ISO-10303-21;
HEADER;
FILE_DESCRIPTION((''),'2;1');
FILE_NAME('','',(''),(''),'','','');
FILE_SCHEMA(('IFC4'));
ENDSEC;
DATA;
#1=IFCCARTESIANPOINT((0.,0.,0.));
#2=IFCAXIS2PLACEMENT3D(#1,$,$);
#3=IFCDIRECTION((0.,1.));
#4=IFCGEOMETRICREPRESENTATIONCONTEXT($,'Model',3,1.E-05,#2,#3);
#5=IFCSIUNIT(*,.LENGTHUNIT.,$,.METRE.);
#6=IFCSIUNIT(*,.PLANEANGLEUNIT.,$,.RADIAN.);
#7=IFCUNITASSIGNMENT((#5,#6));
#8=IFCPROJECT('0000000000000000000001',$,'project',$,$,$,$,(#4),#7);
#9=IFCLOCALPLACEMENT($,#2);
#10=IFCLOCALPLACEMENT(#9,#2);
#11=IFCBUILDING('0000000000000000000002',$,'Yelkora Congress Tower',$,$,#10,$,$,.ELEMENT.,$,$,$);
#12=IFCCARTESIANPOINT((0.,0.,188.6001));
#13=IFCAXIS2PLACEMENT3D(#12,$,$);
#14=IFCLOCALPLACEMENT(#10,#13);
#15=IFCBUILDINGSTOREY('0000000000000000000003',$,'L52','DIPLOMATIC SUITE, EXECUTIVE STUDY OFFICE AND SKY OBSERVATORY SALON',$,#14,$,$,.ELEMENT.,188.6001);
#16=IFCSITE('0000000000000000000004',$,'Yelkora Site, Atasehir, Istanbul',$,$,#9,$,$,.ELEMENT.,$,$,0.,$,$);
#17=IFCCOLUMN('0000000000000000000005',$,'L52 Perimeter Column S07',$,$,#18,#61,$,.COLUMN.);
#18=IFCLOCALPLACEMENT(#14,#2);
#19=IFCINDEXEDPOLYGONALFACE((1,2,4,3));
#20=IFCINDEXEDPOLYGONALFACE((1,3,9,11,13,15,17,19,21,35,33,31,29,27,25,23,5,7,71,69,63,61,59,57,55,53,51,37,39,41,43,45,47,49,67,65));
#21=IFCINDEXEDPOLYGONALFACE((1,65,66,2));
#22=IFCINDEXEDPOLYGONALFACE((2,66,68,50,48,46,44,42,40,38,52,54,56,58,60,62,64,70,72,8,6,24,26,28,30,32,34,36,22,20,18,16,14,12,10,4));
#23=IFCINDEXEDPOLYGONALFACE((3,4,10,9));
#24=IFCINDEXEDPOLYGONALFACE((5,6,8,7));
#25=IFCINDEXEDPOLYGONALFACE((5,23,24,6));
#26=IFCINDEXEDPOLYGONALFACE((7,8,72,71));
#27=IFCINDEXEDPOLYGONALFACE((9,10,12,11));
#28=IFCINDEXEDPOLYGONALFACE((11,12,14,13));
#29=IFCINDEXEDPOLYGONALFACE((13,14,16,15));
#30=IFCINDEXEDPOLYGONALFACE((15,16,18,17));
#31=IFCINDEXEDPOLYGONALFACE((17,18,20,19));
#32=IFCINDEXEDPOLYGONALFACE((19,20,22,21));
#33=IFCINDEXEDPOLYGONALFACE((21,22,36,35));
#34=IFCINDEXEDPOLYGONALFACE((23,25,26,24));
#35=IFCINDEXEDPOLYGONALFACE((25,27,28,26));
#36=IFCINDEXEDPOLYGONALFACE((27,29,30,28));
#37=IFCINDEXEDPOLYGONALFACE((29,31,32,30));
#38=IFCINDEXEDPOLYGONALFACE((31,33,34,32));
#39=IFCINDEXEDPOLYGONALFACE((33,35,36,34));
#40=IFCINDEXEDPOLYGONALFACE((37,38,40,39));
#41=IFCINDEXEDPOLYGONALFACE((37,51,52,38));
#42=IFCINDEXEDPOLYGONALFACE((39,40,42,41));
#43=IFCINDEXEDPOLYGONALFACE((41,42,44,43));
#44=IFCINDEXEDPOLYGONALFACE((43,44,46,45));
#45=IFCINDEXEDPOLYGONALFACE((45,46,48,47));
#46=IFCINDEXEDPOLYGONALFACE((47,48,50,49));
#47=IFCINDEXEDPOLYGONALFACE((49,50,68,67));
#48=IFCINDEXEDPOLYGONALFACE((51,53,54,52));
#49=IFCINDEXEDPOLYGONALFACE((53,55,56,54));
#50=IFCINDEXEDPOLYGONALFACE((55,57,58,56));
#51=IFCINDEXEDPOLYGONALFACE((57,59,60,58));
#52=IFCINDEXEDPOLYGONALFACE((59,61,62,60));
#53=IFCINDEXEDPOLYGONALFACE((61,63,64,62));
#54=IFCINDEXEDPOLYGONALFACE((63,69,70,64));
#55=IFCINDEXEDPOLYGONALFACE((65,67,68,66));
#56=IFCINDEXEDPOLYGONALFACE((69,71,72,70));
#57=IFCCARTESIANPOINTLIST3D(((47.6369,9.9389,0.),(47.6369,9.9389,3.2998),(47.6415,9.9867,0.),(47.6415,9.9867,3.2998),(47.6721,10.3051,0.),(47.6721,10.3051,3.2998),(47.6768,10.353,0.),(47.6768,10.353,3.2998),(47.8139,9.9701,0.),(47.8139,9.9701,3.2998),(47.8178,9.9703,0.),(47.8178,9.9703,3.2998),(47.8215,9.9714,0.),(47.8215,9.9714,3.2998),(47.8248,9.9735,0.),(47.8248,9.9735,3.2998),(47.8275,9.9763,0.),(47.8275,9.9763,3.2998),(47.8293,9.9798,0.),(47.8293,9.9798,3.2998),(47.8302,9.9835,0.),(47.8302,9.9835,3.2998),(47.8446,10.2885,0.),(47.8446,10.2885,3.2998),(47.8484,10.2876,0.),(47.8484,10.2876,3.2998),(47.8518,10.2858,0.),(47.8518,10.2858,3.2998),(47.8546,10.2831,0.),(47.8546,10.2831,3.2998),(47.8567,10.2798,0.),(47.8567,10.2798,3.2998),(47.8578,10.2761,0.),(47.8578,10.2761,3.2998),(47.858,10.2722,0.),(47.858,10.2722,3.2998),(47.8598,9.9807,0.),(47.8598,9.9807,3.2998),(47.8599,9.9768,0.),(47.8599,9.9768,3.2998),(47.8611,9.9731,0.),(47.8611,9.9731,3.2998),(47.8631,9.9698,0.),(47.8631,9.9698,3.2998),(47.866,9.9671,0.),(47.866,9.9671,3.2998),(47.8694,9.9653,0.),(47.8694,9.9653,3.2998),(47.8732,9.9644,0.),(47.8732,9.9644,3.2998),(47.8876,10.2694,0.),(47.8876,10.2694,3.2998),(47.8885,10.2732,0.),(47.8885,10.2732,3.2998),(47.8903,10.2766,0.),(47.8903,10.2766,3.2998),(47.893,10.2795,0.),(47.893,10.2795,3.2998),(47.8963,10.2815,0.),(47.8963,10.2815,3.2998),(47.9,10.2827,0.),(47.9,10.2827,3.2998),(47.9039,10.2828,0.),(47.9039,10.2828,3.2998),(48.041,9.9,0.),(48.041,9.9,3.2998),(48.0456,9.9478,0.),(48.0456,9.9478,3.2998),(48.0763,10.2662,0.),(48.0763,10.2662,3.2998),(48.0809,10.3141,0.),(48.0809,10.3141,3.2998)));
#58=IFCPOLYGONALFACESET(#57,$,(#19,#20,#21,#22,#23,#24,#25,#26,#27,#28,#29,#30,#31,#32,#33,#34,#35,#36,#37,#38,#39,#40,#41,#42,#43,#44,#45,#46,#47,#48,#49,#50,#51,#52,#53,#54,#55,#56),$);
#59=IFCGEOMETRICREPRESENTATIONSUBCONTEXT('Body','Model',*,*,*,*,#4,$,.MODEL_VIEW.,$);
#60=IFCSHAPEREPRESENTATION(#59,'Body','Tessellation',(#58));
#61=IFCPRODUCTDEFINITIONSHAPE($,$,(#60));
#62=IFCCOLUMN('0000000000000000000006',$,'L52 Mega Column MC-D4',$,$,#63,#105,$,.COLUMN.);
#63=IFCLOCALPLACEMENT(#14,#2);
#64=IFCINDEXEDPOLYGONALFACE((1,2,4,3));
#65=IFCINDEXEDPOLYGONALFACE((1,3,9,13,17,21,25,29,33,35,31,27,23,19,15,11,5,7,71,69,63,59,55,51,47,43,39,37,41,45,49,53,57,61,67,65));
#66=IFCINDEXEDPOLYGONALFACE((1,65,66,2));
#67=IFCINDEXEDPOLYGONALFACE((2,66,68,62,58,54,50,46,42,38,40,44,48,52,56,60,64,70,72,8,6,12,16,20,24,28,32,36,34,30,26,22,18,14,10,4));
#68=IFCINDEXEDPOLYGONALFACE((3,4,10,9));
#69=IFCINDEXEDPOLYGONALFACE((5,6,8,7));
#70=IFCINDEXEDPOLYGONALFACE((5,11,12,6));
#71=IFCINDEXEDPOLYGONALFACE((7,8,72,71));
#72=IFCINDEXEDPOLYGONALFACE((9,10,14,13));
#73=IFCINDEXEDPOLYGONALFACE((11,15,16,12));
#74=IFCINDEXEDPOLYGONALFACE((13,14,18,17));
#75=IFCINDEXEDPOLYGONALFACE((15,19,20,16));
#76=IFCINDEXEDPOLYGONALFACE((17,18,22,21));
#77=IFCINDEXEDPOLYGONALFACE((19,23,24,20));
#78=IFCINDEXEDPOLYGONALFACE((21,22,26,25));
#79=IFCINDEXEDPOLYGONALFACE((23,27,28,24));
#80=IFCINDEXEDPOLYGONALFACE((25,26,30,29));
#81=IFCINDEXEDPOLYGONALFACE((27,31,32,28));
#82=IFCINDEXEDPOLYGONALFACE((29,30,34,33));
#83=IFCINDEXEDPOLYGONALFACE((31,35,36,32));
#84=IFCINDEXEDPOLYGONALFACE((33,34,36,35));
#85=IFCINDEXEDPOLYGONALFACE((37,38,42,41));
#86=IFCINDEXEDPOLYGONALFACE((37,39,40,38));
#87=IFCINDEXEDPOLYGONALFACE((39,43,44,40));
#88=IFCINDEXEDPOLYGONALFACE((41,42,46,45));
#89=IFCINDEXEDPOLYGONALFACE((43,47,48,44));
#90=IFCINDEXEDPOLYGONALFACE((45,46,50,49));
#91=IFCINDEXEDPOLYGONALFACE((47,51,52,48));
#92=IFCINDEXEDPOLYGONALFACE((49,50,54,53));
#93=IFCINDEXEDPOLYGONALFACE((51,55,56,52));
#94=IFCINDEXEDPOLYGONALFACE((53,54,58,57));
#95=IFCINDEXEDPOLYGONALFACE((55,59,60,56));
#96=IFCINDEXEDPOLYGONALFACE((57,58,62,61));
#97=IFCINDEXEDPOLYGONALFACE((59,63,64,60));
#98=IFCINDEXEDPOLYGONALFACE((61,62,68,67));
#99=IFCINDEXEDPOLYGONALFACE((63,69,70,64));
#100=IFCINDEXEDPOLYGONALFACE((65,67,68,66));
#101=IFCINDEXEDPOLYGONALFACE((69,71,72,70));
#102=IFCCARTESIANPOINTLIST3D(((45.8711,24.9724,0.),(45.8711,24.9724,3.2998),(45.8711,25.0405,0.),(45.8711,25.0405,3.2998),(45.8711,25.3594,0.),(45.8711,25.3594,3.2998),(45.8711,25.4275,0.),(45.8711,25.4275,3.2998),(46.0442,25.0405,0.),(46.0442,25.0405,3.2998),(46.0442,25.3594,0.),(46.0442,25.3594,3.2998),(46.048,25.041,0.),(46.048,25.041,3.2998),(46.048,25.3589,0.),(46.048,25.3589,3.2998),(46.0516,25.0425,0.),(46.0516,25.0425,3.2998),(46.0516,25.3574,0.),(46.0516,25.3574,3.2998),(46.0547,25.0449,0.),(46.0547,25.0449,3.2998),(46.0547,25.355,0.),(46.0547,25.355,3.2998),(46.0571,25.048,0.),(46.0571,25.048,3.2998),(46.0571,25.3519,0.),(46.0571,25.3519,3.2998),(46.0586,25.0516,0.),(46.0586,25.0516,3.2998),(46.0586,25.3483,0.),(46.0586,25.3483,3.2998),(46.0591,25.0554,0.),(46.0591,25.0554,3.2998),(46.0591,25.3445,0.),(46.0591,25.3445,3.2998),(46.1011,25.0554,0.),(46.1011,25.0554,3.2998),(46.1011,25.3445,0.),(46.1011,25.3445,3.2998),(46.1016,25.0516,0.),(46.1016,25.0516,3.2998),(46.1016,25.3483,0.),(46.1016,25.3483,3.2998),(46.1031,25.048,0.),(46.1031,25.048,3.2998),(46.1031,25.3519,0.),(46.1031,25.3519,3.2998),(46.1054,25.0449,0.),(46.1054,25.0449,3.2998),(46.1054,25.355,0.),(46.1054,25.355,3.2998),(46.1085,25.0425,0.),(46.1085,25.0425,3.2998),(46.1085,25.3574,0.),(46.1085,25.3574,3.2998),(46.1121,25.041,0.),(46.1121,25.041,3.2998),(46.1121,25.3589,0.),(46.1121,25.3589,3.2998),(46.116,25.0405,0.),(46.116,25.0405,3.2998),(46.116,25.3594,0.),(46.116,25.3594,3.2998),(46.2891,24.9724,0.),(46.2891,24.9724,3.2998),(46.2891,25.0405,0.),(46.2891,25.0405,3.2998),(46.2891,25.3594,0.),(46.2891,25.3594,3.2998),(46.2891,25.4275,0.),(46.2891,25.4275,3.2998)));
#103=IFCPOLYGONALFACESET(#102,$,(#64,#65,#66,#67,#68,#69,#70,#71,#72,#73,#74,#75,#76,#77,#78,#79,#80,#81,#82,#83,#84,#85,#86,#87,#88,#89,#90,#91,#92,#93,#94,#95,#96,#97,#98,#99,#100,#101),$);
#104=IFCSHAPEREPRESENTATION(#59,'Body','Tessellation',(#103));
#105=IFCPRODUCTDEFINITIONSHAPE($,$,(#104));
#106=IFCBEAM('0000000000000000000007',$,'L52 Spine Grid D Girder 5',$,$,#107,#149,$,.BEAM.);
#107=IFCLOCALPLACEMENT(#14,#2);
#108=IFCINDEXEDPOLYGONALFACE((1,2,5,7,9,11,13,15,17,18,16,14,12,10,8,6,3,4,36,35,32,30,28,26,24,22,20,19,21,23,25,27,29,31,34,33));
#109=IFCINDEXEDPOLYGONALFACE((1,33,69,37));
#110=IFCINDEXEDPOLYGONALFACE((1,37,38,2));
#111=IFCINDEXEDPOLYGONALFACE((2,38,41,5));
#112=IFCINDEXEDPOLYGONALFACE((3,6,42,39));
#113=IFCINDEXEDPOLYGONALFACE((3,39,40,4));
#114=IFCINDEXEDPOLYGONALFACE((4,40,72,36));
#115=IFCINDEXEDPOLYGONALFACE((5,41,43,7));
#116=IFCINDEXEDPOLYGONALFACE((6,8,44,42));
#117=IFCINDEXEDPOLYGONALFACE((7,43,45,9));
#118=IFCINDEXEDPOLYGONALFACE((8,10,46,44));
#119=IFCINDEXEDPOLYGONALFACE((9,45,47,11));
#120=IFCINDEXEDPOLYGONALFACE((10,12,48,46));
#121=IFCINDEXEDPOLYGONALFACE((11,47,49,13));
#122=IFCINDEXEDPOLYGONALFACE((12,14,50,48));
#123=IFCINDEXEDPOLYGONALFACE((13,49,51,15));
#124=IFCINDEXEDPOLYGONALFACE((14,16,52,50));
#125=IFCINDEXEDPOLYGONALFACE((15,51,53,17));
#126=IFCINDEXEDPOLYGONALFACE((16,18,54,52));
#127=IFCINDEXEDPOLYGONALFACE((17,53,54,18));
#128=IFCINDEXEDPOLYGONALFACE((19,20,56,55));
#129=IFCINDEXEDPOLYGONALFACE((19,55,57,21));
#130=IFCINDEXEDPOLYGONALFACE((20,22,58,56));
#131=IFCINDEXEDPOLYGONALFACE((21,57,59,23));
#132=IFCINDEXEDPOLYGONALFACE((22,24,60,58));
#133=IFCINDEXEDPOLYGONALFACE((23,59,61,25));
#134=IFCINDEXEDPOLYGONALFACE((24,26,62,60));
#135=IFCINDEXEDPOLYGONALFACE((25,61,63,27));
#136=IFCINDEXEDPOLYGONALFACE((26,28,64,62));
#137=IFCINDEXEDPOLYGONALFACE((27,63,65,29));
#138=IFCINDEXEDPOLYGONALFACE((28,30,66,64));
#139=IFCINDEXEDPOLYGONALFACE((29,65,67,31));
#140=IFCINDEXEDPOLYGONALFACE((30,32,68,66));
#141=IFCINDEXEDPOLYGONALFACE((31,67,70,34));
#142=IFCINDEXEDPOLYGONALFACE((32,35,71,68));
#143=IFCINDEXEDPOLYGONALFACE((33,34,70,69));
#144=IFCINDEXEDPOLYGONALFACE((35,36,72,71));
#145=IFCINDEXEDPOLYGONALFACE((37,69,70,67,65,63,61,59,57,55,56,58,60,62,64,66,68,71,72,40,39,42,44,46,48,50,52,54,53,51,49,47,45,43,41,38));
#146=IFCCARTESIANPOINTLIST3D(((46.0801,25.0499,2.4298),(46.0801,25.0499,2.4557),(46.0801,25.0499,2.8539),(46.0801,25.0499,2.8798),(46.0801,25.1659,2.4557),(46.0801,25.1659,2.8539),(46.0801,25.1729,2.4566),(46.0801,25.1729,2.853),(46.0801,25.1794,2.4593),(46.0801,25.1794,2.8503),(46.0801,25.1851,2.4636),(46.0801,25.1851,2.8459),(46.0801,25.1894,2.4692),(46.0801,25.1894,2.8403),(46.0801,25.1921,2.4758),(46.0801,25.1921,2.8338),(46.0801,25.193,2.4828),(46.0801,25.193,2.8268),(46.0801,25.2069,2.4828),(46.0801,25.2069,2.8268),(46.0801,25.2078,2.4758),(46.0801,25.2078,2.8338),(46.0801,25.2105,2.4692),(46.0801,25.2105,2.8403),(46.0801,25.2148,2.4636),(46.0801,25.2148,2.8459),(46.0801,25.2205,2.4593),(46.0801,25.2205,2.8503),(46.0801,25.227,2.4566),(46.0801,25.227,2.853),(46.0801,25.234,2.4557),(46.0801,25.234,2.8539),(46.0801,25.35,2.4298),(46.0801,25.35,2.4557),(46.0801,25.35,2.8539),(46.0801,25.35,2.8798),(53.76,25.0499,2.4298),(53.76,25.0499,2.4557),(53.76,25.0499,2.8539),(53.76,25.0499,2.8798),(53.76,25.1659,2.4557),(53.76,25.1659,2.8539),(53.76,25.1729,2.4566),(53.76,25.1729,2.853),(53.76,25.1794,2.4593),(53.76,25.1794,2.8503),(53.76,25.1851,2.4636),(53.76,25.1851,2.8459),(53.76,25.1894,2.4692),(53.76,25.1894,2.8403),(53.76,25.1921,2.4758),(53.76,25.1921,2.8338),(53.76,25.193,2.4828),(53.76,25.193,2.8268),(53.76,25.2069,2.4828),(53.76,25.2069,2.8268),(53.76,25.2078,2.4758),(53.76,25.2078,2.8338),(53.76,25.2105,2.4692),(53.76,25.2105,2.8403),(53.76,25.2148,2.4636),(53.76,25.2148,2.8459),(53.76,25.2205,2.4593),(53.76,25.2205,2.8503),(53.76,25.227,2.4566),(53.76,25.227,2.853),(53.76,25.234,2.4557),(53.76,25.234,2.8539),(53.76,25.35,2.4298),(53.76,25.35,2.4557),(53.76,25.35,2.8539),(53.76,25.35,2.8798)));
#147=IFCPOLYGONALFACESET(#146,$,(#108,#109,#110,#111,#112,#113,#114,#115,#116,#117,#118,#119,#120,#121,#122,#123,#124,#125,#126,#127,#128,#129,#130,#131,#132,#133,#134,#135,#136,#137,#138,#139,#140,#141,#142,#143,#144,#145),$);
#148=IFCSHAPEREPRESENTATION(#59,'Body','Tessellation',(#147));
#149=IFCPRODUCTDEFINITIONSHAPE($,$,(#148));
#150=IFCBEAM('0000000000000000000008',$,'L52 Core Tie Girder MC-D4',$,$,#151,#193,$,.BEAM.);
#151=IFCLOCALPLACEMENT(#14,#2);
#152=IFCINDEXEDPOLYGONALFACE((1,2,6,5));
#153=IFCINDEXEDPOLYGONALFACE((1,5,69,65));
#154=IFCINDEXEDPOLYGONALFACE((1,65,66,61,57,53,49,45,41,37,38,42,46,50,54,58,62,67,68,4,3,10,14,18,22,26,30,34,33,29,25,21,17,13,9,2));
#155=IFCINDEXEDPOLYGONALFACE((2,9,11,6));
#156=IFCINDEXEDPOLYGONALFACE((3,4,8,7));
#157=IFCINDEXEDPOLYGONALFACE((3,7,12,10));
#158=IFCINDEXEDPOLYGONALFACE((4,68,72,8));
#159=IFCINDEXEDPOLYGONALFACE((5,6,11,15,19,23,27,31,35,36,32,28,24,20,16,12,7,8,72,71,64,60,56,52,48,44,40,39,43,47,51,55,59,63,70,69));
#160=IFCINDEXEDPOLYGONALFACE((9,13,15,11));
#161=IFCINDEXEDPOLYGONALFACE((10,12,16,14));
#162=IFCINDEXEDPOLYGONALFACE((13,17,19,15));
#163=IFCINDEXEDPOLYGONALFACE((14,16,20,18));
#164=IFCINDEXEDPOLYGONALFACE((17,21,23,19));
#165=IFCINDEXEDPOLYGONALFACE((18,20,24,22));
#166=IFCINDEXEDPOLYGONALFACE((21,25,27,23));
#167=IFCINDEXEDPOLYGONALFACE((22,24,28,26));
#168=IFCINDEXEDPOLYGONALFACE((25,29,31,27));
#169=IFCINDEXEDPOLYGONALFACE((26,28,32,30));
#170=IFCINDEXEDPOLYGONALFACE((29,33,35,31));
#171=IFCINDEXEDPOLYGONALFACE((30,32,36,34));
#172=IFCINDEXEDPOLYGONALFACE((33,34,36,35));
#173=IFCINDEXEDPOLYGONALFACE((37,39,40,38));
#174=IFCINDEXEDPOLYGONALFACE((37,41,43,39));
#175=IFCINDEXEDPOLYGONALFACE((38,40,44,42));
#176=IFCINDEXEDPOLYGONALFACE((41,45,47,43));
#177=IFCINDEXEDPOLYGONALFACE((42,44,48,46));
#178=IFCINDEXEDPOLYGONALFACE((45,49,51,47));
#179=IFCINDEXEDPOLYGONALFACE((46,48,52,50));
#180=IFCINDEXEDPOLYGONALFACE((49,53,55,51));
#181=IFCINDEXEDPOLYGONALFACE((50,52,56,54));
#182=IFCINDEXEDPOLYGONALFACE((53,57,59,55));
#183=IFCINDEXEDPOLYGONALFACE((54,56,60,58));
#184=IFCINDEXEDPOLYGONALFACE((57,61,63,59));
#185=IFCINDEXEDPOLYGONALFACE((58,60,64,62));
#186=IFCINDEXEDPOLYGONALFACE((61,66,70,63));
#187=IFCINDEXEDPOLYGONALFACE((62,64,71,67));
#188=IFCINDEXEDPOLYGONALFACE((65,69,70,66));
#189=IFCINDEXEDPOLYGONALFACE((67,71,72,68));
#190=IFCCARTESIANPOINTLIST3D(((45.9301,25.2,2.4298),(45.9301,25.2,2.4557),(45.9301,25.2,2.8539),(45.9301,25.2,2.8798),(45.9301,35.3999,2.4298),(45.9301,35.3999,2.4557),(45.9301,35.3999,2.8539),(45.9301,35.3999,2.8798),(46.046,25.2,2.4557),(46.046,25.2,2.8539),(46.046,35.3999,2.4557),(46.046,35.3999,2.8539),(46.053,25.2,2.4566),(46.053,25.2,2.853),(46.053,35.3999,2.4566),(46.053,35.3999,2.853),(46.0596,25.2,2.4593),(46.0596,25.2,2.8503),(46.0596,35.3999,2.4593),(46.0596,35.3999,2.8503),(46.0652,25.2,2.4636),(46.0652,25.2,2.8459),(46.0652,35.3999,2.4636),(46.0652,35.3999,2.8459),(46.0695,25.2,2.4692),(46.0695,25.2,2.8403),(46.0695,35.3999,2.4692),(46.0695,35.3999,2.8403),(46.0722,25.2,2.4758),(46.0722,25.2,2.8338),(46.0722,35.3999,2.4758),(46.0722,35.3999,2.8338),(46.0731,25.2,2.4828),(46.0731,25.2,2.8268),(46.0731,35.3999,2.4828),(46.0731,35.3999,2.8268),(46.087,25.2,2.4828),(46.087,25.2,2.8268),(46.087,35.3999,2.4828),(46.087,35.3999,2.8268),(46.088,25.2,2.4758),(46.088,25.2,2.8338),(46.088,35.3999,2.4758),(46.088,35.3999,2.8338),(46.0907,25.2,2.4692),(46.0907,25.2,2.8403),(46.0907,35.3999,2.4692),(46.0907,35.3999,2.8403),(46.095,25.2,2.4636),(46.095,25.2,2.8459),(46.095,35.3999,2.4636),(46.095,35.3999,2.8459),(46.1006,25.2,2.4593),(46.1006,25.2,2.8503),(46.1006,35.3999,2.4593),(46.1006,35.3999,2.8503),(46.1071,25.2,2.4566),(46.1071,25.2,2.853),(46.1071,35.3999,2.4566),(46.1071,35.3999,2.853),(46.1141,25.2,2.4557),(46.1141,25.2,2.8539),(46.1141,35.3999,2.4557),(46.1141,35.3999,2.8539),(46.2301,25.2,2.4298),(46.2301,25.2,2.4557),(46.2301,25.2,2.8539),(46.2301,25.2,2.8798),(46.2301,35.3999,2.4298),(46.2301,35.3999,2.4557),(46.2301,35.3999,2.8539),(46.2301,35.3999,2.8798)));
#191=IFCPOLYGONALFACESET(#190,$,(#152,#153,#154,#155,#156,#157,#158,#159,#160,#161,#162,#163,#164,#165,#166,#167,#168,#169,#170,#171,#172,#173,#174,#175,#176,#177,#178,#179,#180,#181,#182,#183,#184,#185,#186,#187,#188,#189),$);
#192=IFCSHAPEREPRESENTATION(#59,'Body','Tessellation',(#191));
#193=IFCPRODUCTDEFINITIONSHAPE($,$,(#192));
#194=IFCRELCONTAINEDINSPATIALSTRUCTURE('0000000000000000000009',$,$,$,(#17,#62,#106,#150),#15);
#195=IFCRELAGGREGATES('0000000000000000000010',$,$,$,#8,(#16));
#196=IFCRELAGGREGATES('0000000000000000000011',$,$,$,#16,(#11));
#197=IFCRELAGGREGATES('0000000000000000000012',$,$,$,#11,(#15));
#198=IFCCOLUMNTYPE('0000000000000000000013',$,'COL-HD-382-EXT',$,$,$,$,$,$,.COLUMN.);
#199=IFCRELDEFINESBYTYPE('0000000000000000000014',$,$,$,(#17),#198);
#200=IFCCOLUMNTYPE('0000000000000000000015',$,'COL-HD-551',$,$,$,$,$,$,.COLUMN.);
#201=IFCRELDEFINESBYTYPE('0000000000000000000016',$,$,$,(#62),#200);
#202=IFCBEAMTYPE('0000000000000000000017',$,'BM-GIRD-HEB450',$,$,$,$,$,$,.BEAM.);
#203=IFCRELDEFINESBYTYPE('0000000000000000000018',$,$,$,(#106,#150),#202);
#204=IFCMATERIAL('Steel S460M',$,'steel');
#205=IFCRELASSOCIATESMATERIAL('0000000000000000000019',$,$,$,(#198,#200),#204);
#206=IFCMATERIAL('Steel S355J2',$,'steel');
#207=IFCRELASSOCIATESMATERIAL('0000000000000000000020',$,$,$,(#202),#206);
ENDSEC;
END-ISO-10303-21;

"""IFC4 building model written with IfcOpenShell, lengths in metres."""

from ifc_helpers import new_model, si_unit, direction, frame, origin, origin_2d, place, context, subcontext, project, spatial, i_section, extrude, material, material_profile, profile_set, type_object, element, save


model = new_model("IFC4")

# Units and contexts
model_context = context("Model", 3, precision=1e-05, world=origin(), true_north=direction((0.0, 1.0)))
body_context = subcontext(model_context, "Body", "Model", "MODEL_VIEW")
ifc_project = project(units=[si_unit("LENGTHUNIT", "METRE"), si_unit("PLANEANGLEUNIT", "RADIAN")], contexts=[model_context])

# Site, building, storey
site_placement = place(None, origin())
site = spatial("IfcSite", under=ifc_project, at=site_placement, Name="Yelkora Site, Atasehir, Istanbul", CompositionType="ELEMENT", RefElevation=0.0)
building_placement = place(site_placement, origin())
building = spatial("IfcBuilding", under=site, at=building_placement, Name="Yelkora Congress Tower", CompositionType="ELEMENT")
storey_placement = place(building_placement, frame((0.0, 0.0, 188.6001)))
storey = spatial("IfcBuildingStorey", under=building, at=storey_placement, Name="L52", Description="DIPLOMATIC SUITE, EXECUTIVE STUDY OFFICE AND SKY OBSERVATORY SALON", CompositionType="ELEMENT", Elevation=188.6001)

# Columns
ifc_material_1 = material(Name="Steel S460M", Category="steel")
ifc_material_profile_1 = material_profile(ifc_material_1, i_section(OverallWidth=0.406, OverallDepth=0.416, WebThickness=0.0298, FlangeThickness=0.0481, FilletRadius=0.0149, at=origin_2d()), Name="HD 400x382")
ifc_profile_set_1 = profile_set([ifc_material_profile_1], Name="Steel S460M")
column_type_1 = type_object("IfcColumnType", Name="COL-HD-382-EXT", PredefinedType="COLUMN", material=ifc_profile_set_1)
column_1_placement = place(storey_placement, frame((47.8589, 10.1265, 0.0), z_axis=(0.0, 0.0, 1.0), x_axis=(0.995396, -0.095846, 0.0)))
element("IfcColumn", 1, at=column_1_placement, inside=storey, type_object=column_type_1, Name="L52 Perimeter Column S07", PredefinedType="COLUMN", context=body_context, shape_type="SweptSolid", body=[
    extrude(i_section(OverallWidth=0.406, OverallDepth=0.416, WebThickness=0.0298, FlangeThickness=0.0481, FilletRadius=0.0149, at=origin_2d()), origin(), (0.0, 0.0, 1.0), 3.2998),
])
ifc_material_profile_2 = material_profile(ifc_material_1, i_section(OverallWidth=0.418, OverallDepth=0.4551, WebThickness=0.042, FlangeThickness=0.0681, FilletRadius=0.0149, at=origin_2d()), Name="HD 400x551")
ifc_profile_set_2 = profile_set([ifc_material_profile_2], Name="Steel S460M")
column_type_2 = type_object("IfcColumnType", Name="COL-HD-551", PredefinedType="COLUMN", material=ifc_profile_set_2)
column_2_placement = place(storey_placement, frame((46.0801, 25.2, 0.0), z_axis=(0.0, 0.0, 1.0), x_axis=(1.0, 0.0, 0.0)))
element("IfcColumn", 2, at=column_2_placement, inside=storey, type_object=column_type_2, Name="L52 Mega Column MC-D4", PredefinedType="COLUMN", context=body_context, shape_type="SweptSolid", body=[
    extrude(i_section(OverallWidth=0.418, OverallDepth=0.4551, WebThickness=0.042, FlangeThickness=0.0681, FilletRadius=0.0149, at=origin_2d()), origin(), (0.0, 0.0, 1.0), 3.2998),
])

# Beams
ifc_material_2 = material(Name="Steel S355J2", Category="steel")
ifc_material_profile_3 = material_profile(ifc_material_2, i_section(OverallWidth=0.3, OverallDepth=0.45, WebThickness=0.0139, FlangeThickness=0.0259, FilletRadius=0.0271, at=origin_2d()), Name="HEB 450")
ifc_profile_set_3 = profile_set([ifc_material_profile_3], Name="Steel S355J2")
beam_type_1 = type_object("IfcBeamType", Name="BM-GIRD-HEB450", PredefinedType="BEAM", material=ifc_profile_set_3)
beam_1_placement = place(storey_placement, frame((46.0801, 25.2, 2.6548), z_axis=(1.0, 0.0, 0.0), x_axis=(0.0, 1.0, 0.0)))
element("IfcBeam", 3, at=beam_1_placement, inside=storey, type_object=beam_type_1, Name="L52 Spine Grid D Girder 5", PredefinedType="BEAM", context=body_context, shape_type="SweptSolid", body=[
    extrude(i_section(OverallWidth=0.3, OverallDepth=0.45, WebThickness=0.0139, FlangeThickness=0.0259, FilletRadius=0.0271, at=origin_2d()), origin(), (0.0, 0.0, 1.0), 7.6799),
])
beam_2_placement = place(storey_placement, frame((46.0801, 25.2, 2.6548), z_axis=(0.0, 1.0, 0.0), x_axis=(-1.0, 0.0, 0.0)))
element("IfcBeam", 4, at=beam_2_placement, inside=storey, type_object=beam_type_1, Name="L52 Core Tie Girder MC-D4", PredefinedType="BEAM", context=body_context, shape_type="SweptSolid", body=[
    extrude(i_section(OverallWidth=0.3, OverallDepth=0.45, WebThickness=0.0139, FlangeThickness=0.0259, FilletRadius=0.0271, at=origin_2d()), origin(), (0.0, 0.0, 1.0), 10.2),
])

save(model, "model.ifc")
